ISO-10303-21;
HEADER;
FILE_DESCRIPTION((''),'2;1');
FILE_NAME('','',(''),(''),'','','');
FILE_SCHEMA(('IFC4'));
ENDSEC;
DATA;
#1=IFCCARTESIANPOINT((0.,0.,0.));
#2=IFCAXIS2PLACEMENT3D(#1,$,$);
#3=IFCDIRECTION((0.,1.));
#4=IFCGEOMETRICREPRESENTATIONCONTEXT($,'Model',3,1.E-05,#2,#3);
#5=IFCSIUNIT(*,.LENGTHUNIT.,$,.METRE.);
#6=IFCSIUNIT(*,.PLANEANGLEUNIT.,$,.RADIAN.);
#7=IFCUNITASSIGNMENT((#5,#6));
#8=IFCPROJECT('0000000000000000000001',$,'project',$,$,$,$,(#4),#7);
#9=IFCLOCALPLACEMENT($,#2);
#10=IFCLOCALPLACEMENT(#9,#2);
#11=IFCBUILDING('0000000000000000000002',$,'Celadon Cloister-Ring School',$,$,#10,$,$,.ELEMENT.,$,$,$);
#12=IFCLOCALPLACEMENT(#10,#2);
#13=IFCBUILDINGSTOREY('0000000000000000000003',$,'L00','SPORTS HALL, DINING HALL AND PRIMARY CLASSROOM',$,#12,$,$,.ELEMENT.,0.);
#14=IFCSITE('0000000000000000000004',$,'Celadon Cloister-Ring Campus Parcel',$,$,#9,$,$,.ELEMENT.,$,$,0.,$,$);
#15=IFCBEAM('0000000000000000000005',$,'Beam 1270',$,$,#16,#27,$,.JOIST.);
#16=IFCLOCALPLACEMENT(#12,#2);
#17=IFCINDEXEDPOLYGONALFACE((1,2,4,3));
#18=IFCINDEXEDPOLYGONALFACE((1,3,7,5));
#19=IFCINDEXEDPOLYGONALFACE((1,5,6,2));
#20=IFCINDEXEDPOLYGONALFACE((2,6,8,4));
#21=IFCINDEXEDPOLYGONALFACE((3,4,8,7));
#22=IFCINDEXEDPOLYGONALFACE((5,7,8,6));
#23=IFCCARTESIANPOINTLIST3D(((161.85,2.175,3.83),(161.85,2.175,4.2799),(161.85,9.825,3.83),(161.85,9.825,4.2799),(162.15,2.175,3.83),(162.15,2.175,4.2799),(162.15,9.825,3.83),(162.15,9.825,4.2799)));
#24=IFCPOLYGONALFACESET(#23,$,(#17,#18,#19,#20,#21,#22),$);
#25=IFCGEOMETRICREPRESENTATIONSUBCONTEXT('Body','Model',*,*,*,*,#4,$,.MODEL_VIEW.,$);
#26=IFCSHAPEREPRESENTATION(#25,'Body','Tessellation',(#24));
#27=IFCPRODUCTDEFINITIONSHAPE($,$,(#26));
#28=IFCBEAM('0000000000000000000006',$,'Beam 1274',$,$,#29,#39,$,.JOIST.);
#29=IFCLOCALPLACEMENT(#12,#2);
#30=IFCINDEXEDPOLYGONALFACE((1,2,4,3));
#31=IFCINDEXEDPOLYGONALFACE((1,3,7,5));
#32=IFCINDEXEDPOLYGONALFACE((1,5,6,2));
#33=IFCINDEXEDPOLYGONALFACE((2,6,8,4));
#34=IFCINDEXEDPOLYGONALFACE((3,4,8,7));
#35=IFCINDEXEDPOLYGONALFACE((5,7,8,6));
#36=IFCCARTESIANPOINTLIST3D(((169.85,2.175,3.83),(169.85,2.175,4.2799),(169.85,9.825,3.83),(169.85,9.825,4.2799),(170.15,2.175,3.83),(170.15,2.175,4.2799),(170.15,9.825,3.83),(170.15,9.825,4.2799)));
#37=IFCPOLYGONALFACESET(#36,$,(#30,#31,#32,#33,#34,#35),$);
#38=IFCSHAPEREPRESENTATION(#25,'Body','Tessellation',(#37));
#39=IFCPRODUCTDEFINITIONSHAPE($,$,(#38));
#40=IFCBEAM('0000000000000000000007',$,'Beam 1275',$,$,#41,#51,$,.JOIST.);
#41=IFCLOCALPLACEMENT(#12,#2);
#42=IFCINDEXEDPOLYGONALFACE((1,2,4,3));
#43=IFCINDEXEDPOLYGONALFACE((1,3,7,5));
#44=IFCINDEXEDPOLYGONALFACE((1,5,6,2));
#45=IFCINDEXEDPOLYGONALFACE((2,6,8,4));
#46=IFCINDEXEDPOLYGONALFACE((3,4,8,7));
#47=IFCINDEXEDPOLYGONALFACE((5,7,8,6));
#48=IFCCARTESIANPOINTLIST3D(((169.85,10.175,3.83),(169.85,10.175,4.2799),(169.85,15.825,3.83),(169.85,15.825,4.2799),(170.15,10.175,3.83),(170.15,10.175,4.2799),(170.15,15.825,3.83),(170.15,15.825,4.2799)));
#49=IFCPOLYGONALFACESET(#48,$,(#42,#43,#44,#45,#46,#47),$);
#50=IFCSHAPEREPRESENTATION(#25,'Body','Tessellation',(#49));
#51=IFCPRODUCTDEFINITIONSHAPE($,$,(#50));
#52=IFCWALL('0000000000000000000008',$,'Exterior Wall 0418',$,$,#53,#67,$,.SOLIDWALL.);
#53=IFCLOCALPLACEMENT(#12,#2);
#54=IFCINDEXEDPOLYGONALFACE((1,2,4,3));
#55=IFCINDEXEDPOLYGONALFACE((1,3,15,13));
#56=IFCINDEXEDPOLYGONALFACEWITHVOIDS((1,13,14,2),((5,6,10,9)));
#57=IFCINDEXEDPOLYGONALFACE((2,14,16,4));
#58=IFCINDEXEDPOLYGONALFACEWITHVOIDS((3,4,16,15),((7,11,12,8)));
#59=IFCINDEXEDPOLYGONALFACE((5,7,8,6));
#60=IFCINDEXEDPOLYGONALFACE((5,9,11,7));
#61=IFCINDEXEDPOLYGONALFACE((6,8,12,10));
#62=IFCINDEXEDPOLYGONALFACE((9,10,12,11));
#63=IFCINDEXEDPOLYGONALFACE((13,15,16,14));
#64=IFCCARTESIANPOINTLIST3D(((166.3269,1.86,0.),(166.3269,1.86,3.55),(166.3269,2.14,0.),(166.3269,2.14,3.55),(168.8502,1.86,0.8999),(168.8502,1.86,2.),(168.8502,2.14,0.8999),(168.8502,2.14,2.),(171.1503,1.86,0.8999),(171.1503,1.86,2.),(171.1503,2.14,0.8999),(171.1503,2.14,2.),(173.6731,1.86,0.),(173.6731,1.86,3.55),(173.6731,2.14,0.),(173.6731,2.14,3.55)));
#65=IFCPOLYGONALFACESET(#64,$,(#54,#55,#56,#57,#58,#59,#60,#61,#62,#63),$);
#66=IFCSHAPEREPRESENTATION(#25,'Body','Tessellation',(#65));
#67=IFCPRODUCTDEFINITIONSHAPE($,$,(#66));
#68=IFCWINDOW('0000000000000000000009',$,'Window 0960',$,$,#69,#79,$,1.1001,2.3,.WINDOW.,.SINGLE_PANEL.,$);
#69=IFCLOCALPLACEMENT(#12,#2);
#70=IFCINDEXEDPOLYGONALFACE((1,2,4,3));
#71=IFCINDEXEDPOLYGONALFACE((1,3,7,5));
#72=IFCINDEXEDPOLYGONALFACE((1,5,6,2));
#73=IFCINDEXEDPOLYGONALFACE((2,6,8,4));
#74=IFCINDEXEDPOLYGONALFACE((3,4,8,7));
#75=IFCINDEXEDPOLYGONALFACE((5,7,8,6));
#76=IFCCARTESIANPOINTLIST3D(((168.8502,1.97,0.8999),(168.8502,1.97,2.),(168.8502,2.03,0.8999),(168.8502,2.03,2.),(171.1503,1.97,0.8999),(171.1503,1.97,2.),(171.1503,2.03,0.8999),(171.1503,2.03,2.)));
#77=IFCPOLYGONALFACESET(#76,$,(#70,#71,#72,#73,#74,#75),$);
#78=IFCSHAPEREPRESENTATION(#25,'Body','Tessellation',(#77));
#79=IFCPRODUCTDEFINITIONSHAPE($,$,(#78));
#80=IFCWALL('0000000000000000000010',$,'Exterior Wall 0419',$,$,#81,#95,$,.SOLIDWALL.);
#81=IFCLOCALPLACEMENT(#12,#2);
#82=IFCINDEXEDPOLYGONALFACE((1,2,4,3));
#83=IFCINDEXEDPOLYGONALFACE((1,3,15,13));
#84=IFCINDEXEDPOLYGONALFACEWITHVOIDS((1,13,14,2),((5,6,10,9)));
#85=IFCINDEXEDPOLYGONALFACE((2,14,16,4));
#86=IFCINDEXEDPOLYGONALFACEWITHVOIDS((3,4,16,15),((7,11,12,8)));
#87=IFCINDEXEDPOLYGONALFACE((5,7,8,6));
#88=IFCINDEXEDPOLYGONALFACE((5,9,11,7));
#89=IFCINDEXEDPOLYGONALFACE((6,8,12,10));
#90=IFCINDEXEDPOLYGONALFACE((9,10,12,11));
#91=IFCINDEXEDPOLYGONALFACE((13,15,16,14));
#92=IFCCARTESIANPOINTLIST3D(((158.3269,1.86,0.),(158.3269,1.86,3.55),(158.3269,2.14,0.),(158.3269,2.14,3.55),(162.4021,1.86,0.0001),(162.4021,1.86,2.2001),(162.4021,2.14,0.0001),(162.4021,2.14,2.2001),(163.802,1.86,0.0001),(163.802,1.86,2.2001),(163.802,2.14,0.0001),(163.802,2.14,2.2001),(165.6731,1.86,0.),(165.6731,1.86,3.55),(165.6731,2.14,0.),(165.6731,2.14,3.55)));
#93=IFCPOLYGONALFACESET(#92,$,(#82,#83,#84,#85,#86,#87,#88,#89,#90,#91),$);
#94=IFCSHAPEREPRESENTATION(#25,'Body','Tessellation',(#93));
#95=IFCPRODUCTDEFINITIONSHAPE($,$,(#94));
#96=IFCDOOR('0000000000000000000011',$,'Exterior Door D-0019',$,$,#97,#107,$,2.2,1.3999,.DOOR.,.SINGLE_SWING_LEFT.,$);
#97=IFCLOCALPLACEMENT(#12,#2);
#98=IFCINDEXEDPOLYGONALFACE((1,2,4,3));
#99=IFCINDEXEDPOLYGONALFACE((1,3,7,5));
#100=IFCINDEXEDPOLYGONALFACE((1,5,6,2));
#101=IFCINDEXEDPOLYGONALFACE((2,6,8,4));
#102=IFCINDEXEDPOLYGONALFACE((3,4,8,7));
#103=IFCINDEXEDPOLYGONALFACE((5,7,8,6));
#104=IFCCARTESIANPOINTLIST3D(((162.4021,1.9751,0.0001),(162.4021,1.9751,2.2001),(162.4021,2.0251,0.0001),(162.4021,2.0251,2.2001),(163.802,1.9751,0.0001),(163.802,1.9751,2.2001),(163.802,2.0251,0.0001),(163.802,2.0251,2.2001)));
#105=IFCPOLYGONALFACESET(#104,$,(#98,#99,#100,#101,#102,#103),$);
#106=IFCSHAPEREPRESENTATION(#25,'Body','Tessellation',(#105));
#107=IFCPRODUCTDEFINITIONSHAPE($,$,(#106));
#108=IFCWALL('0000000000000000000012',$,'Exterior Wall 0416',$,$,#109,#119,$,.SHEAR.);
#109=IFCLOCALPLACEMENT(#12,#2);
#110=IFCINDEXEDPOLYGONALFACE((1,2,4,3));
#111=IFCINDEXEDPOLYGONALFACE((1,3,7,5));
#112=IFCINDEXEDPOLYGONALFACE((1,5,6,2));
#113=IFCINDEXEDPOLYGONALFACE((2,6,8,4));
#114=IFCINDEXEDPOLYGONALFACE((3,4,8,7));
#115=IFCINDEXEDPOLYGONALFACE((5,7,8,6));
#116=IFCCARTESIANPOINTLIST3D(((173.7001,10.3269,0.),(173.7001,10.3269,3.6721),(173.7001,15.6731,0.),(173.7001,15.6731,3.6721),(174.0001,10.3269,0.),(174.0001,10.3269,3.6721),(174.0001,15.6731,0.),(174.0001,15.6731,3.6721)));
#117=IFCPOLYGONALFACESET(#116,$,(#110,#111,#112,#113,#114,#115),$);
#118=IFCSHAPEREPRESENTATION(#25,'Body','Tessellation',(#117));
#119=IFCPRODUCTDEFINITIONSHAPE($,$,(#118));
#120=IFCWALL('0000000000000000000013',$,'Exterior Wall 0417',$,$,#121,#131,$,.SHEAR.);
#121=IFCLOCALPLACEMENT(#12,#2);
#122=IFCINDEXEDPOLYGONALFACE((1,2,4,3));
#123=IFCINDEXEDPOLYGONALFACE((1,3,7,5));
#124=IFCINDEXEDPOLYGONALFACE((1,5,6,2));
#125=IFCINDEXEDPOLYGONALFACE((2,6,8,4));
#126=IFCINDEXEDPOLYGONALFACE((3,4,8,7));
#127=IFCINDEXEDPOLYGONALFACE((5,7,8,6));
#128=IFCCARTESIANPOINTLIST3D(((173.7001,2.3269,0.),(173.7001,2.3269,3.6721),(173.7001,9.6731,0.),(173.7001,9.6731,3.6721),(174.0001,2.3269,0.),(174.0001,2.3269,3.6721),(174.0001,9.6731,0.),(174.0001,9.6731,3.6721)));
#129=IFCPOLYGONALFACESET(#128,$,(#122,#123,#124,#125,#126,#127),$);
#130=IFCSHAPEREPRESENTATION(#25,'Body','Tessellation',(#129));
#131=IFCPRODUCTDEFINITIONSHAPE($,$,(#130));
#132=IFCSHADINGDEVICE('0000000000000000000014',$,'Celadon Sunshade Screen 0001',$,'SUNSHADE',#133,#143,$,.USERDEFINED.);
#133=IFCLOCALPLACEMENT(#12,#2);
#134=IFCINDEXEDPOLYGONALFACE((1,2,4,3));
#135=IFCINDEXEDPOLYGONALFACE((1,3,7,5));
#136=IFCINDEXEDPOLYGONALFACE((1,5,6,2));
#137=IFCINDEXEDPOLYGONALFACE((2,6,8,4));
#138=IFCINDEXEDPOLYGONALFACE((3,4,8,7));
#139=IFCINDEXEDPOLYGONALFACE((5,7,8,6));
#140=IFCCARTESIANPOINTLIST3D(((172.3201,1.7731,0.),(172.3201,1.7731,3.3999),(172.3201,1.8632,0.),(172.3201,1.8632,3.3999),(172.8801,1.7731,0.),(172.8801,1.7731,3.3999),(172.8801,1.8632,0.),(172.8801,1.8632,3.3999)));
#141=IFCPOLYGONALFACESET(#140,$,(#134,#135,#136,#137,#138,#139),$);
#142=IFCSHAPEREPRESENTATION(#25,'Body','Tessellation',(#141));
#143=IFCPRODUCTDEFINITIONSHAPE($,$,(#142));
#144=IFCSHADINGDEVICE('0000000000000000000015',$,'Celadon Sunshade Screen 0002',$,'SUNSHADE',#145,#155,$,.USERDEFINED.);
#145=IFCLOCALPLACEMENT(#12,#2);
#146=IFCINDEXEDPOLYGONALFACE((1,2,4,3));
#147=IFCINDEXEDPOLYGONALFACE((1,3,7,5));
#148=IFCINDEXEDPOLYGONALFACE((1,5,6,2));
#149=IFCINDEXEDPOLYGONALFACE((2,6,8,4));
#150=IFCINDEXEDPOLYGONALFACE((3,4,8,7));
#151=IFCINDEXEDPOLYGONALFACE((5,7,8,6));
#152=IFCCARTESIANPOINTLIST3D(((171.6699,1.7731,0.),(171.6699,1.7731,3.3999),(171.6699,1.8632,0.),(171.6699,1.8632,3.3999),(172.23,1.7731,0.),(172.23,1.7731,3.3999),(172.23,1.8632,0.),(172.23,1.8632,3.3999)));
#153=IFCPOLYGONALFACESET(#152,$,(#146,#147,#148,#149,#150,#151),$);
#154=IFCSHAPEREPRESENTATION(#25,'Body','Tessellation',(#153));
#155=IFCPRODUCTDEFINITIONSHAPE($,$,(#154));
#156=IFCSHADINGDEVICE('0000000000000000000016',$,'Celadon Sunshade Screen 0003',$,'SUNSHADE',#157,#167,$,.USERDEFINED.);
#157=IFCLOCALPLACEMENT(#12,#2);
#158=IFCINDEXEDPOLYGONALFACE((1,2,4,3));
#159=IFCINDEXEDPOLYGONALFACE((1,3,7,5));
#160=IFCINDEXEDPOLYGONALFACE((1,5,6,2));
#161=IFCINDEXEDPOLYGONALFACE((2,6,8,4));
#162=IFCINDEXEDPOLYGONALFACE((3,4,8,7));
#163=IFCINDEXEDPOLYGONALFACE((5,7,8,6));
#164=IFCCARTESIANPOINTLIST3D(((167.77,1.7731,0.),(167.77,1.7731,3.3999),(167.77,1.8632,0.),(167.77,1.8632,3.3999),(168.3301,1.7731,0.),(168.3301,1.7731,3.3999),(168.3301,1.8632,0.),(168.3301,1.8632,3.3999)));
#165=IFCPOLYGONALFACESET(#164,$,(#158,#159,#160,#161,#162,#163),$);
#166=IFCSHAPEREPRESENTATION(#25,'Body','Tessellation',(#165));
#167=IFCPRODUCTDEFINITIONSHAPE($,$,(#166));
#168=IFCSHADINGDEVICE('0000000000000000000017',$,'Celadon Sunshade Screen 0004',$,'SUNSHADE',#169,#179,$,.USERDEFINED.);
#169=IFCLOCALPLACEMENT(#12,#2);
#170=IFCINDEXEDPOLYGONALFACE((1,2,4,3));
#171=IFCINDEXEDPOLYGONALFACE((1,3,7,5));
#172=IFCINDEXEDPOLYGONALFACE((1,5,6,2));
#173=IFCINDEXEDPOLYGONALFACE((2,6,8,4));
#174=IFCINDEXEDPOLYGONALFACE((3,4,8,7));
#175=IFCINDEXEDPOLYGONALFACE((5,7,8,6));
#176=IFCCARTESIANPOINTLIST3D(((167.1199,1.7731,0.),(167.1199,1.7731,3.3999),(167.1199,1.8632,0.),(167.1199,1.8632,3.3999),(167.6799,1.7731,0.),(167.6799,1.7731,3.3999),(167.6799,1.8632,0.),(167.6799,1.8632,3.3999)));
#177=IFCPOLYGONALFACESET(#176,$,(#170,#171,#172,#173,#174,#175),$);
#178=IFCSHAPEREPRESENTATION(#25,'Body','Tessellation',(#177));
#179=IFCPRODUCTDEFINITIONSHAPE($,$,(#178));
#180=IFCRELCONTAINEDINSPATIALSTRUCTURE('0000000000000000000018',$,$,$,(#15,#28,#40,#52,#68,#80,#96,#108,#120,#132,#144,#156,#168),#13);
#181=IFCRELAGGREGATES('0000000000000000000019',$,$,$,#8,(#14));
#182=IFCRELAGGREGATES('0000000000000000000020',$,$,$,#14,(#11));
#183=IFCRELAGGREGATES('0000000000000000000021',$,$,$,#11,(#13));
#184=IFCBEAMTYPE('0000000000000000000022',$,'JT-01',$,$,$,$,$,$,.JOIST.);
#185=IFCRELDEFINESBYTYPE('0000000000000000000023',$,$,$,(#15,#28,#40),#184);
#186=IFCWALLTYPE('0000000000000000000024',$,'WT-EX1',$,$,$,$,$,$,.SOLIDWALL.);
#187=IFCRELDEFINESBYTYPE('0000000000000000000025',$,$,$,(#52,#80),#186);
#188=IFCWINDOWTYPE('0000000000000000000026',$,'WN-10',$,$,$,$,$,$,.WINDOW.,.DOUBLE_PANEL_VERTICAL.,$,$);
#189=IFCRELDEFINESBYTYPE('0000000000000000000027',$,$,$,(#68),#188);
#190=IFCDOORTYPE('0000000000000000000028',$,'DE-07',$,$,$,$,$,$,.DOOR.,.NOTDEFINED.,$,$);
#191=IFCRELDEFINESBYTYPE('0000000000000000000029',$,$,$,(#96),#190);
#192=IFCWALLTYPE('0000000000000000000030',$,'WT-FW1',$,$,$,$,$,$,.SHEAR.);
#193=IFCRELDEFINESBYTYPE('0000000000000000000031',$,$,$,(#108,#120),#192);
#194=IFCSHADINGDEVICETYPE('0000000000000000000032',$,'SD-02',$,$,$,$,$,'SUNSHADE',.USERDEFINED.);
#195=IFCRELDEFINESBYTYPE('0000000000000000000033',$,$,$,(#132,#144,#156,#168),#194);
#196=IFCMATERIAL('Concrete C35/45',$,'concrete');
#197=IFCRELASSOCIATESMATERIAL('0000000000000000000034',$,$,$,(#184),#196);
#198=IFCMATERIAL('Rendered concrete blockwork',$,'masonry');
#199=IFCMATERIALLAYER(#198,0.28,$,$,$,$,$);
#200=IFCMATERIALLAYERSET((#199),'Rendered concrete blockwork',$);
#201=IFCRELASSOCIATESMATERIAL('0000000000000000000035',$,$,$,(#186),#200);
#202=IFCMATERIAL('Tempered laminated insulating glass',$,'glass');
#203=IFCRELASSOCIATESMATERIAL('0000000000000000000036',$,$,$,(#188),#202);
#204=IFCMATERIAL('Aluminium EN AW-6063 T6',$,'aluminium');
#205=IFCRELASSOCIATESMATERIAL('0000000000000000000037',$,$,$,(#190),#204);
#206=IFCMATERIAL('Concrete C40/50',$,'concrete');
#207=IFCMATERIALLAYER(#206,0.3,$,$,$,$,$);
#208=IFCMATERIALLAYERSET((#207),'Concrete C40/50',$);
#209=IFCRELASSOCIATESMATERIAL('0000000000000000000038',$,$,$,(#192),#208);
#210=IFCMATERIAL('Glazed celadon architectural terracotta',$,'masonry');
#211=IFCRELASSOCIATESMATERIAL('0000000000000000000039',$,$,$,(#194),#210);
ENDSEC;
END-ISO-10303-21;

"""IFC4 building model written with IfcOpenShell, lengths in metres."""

from ifc_helpers import new_model, si_unit, direction, frame, frame_2d, origin, origin_2d, place, context, subcontext, project, spatial, rectangle, extrude, material, layer, layer_set, material_profile, profile_set, type_object, element, fill, save


model = new_model("IFC4")

# Units and contexts
model_context = context("Model", 3, precision=1e-05, world=origin(), true_north=direction((0.0, 1.0)))
body_context = subcontext(model_context, "Body", "Model", "MODEL_VIEW")
ifc_project = project(units=[si_unit("LENGTHUNIT", "METRE"), si_unit("PLANEANGLEUNIT", "RADIAN")], contexts=[model_context])

# Site, building, storey
site_placement = place(None, origin())
site = spatial("IfcSite", under=ifc_project, at=site_placement, Name="Celadon Cloister-Ring Campus Parcel", CompositionType="ELEMENT", RefElevation=0.0)
building_placement = place(site_placement, origin())
building = spatial("IfcBuilding", under=site, at=building_placement, Name="Celadon Cloister-Ring School", CompositionType="ELEMENT")
storey_placement = place(building_placement, origin())
storey = spatial("IfcBuildingStorey", under=building, at=storey_placement, Name="L00", Description="SPORTS HALL, DINING HALL AND PRIMARY CLASSROOM", CompositionType="ELEMENT", Elevation=0.0)

# Beams
ifc_material_1 = material(Name="Concrete C35/45", Category="concrete")
ifc_material_profile_1 = material_profile(ifc_material_1, rectangle(XDim=0.3, YDim=0.45, at=origin_2d()), Name="RC300X450")
ifc_profile_set_1 = profile_set([ifc_material_profile_1], Name="Concrete C35/45")
beam_type_1 = type_object("IfcBeamType", Name="JT-01", PredefinedType="JOIST", material=ifc_profile_set_1)
for number, where, z_axis, x_axis, name in (
    (1, (162.0, 2.175, 4.0549), (0.0, 1.0, 0.0), (-1.0, 0.0, 0.0), "Beam 1270"),
    (2, (170.0, 2.175, 4.0549), (0.0, 1.0, 0.0), (-1.0, 0.0, 0.0), "Beam 1274"),
):
    element("IfcBeam", number, at=place(storey_placement, frame(where, z_axis=z_axis, x_axis=x_axis)), inside=storey, type_object=beam_type_1, Name=name, PredefinedType="JOIST", context=body_context, shape_type="SweptSolid", body=[
        extrude(rectangle(XDim=0.3, YDim=0.45, at=origin_2d()), origin(), (0.0, 0.0, 1.0), 7.6499),
    ])
beam_1_placement = place(storey_placement, frame((170.0, 10.175, 4.0549), z_axis=(0.0, 1.0, 0.0), x_axis=(-1.0, 0.0, 0.0)))
element("IfcBeam", 3, at=beam_1_placement, inside=storey, type_object=beam_type_1, Name="Beam 1275", PredefinedType="JOIST", context=body_context, shape_type="SweptSolid", body=[
    extrude(rectangle(XDim=0.3, YDim=0.45, at=origin_2d()), origin(), (0.0, 0.0, 1.0), 5.6499),
])

# Wall, opening, window
ifc_material_2 = material(Name="Rendered concrete blockwork", Category="masonry")
ifc_layer_1 = layer(ifc_material_2, 0.28)
ifc_layer_set_1 = layer_set([ifc_layer_1], Name="Rendered concrete blockwork")
wall_type_1 = type_object("IfcWallType", Name="WT-EX1", PredefinedType="SOLIDWALL", material=ifc_layer_set_1)
wall_1_placement = place(storey_placement, frame((173.6731, 2.0, 0.0), z_axis=(0.0, 0.0, 1.0), x_axis=(-1.0, 0.0, 0.0)))
wall_1 = element("IfcWall", 4, at=wall_1_placement, inside=storey, type_object=wall_type_1, Name="Exterior Wall 0418", PredefinedType="SOLIDWALL", context=body_context, shape_type="SweptSolid", body=[
    extrude(rectangle(XDim=7.3462, YDim=0.28, at=frame_2d((3.6731, 0.0))), origin(), (0.0, 0.0, 1.0), 3.55),
])
opening_1_placement = place(wall_1_placement, frame((2.5229, 0.0, 0.8999)))
opening_1 = element("IfcOpeningElement", 5, at=opening_1_placement, cuts=wall_1, PredefinedType="OPENING", context=body_context, shape_type="SweptSolid", body=[
    extrude(rectangle(XDim=2.3, YDim=1.1001, at=frame_2d((1.1499, 0.55))), frame((0.0, 0.1499, 0.0), z_axis=(0.0, -1.0, 0.0), x_axis=(1.0, 0.0, 0.0)), (0.0, 0.0, 1.0), 0.3),
])
ifc_material_3 = material(Name="Tempered laminated insulating glass", Category="glass")
window_type = type_object("IfcWindowType", Name="WN-10", PartitioningType="DOUBLE_PANEL_VERTICAL", PredefinedType="WINDOW", material=ifc_material_3)
window_placement = place(opening_1_placement, origin())
window = element("IfcWindow", 6, at=window_placement, inside=storey, type_object=window_type, Name="Window 0960", OverallHeight=1.1001, OverallWidth=2.3, PartitioningType="SINGLE_PANEL", PredefinedType="WINDOW", context=body_context, shape_type="SweptSolid", body=[
    extrude(rectangle(XDim=2.3, YDim=1.1001, at=frame_2d((1.1499, 0.55))), frame((0.0, 0.03, 0.0), z_axis=(0.0, -1.0, 0.0), x_axis=(1.0, 0.0, 0.0)), (0.0, 0.0, 1.0), 0.0601),
])
fill(opening_1, window)

# Wall, opening, door
wall_2_placement = place(storey_placement, frame((165.6731, 2.0, 0.0), z_axis=(0.0, 0.0, 1.0), x_axis=(-1.0, 0.0, 0.0)))
wall_2 = element("IfcWall", 7, at=wall_2_placement, inside=storey, type_object=wall_type_1, Name="Exterior Wall 0419", PredefinedType="SOLIDWALL", context=body_context, shape_type="SweptSolid", body=[
    extrude(rectangle(XDim=7.3462, YDim=0.28, at=frame_2d((3.6731, 0.0))), origin(), (0.0, 0.0, 1.0), 3.55),
])
opening_2_placement = place(wall_2_placement, frame((1.8711, 0.0, 0.0)))
opening_2 = element("IfcOpeningElement", 8, at=opening_2_placement, cuts=wall_2, PredefinedType="OPENING", context=body_context, shape_type="SweptSolid", body=[
    extrude(rectangle(XDim=1.3999, YDim=2.2, at=frame_2d((0.7, 1.1001))), frame((0.0, 0.1499, 0.0), z_axis=(0.0, -1.0, 0.0), x_axis=(1.0, 0.0, 0.0)), (0.0, 0.0, 1.0), 0.3),
])
ifc_material_4 = material(Name="Aluminium EN AW-6063 T6", Category="aluminium")
door_type = type_object("IfcDoorType", Name="DE-07", OperationType="NOTDEFINED", PredefinedType="DOOR", material=ifc_material_4)
door_placement = place(opening_2_placement, origin())
door = element("IfcDoor", 9, at=door_placement, inside=storey, type_object=door_type, Name="Exterior Door D-0019", OperationType="SINGLE_SWING_LEFT", OverallHeight=2.2, OverallWidth=1.3999, PredefinedType="DOOR", context=body_context, shape_type="SweptSolid", body=[
    extrude(rectangle(XDim=1.3999, YDim=2.2, at=frame_2d((0.7, 1.1001))), frame((0.0, 0.0249, 0.0), z_axis=(0.0, -1.0, 0.0), x_axis=(1.0, 0.0, 0.0)), (0.0, 0.0, 1.0), 0.05),
])
fill(opening_2, door)

# Walls
ifc_material_5 = material(Name="Concrete C40/50", Category="concrete")
ifc_layer_2 = layer(ifc_material_5, 0.3)
ifc_layer_set_2 = layer_set([ifc_layer_2], Name="Concrete C40/50")
wall_type_2 = type_object("IfcWallType", Name="WT-FW1", PredefinedType="SHEAR", material=ifc_layer_set_2)
wall_3_placement = place(storey_placement, frame((173.8501, 15.6731, 0.0), z_axis=(0.0, 0.0, 1.0), x_axis=(0.0, -1.0, 0.0)))
element("IfcWall", 10, at=wall_3_placement, inside=storey, type_object=wall_type_2, Name="Exterior Wall 0416", PredefinedType="SHEAR", context=body_context, shape_type="SweptSolid", body=[
    extrude(rectangle(XDim=5.3462, YDim=0.3, at=frame_2d((2.6731, 0.0))), origin(), (0.0, 0.0, 1.0), 3.6721),
])
wall_4_placement = place(storey_placement, frame((173.8501, 9.6731, 0.0), z_axis=(0.0, 0.0, 1.0), x_axis=(0.0, -1.0, 0.0)))
element("IfcWall", 11, at=wall_4_placement, inside=storey, type_object=wall_type_2, Name="Exterior Wall 0417", PredefinedType="SHEAR", context=body_context, shape_type="SweptSolid", body=[
    extrude(rectangle(XDim=7.3462, YDim=0.3, at=frame_2d((3.6731, 0.0))), origin(), (0.0, 0.0, 1.0), 3.6721),
])

# Shading devices
ifc_material_6 = material(Name="Glazed celadon architectural terracotta", Category="masonry")
shading_device_type = type_object("IfcShadingDeviceType", Name="SD-02", ElementType="SUNSHADE", PredefinedType="USERDEFINED", material=ifc_material_6)
for number, where, z_axis, x_axis, name in (
    (12, (172.6001, 1.8181, 0.0), (0.0, 0.0, 1.0), (-1.0, 0.0, 0.0), "Celadon Sunshade Screen 0001"),
    (13, (171.95, 1.8181, 0.0), (0.0, 0.0, 1.0), (-1.0, 0.0, 0.0), "Celadon Sunshade Screen 0002"),
    (14, (168.05, 1.8181, 0.0), (0.0, 0.0, 1.0), (-1.0, 0.0, 0.0), "Celadon Sunshade Screen 0003"),
    (15, (167.3999, 1.8181, 0.0), (0.0, 0.0, 1.0), (-1.0, 0.0, 0.0), "Celadon Sunshade Screen 0004"),
):
    element("IfcShadingDevice", number, at=place(storey_placement, frame(where, z_axis=z_axis, x_axis=x_axis)), inside=storey, type_object=shading_device_type, Name=name, ObjectType="SUNSHADE", PredefinedType="USERDEFINED", context=body_context, shape_type="SweptSolid", body=[
        extrude(rectangle(XDim=0.5601, YDim=0.0901, at=origin_2d()), origin(), (0.0, 0.0, 1.0), 3.3999),
    ])

save(model, "model.ifc")
